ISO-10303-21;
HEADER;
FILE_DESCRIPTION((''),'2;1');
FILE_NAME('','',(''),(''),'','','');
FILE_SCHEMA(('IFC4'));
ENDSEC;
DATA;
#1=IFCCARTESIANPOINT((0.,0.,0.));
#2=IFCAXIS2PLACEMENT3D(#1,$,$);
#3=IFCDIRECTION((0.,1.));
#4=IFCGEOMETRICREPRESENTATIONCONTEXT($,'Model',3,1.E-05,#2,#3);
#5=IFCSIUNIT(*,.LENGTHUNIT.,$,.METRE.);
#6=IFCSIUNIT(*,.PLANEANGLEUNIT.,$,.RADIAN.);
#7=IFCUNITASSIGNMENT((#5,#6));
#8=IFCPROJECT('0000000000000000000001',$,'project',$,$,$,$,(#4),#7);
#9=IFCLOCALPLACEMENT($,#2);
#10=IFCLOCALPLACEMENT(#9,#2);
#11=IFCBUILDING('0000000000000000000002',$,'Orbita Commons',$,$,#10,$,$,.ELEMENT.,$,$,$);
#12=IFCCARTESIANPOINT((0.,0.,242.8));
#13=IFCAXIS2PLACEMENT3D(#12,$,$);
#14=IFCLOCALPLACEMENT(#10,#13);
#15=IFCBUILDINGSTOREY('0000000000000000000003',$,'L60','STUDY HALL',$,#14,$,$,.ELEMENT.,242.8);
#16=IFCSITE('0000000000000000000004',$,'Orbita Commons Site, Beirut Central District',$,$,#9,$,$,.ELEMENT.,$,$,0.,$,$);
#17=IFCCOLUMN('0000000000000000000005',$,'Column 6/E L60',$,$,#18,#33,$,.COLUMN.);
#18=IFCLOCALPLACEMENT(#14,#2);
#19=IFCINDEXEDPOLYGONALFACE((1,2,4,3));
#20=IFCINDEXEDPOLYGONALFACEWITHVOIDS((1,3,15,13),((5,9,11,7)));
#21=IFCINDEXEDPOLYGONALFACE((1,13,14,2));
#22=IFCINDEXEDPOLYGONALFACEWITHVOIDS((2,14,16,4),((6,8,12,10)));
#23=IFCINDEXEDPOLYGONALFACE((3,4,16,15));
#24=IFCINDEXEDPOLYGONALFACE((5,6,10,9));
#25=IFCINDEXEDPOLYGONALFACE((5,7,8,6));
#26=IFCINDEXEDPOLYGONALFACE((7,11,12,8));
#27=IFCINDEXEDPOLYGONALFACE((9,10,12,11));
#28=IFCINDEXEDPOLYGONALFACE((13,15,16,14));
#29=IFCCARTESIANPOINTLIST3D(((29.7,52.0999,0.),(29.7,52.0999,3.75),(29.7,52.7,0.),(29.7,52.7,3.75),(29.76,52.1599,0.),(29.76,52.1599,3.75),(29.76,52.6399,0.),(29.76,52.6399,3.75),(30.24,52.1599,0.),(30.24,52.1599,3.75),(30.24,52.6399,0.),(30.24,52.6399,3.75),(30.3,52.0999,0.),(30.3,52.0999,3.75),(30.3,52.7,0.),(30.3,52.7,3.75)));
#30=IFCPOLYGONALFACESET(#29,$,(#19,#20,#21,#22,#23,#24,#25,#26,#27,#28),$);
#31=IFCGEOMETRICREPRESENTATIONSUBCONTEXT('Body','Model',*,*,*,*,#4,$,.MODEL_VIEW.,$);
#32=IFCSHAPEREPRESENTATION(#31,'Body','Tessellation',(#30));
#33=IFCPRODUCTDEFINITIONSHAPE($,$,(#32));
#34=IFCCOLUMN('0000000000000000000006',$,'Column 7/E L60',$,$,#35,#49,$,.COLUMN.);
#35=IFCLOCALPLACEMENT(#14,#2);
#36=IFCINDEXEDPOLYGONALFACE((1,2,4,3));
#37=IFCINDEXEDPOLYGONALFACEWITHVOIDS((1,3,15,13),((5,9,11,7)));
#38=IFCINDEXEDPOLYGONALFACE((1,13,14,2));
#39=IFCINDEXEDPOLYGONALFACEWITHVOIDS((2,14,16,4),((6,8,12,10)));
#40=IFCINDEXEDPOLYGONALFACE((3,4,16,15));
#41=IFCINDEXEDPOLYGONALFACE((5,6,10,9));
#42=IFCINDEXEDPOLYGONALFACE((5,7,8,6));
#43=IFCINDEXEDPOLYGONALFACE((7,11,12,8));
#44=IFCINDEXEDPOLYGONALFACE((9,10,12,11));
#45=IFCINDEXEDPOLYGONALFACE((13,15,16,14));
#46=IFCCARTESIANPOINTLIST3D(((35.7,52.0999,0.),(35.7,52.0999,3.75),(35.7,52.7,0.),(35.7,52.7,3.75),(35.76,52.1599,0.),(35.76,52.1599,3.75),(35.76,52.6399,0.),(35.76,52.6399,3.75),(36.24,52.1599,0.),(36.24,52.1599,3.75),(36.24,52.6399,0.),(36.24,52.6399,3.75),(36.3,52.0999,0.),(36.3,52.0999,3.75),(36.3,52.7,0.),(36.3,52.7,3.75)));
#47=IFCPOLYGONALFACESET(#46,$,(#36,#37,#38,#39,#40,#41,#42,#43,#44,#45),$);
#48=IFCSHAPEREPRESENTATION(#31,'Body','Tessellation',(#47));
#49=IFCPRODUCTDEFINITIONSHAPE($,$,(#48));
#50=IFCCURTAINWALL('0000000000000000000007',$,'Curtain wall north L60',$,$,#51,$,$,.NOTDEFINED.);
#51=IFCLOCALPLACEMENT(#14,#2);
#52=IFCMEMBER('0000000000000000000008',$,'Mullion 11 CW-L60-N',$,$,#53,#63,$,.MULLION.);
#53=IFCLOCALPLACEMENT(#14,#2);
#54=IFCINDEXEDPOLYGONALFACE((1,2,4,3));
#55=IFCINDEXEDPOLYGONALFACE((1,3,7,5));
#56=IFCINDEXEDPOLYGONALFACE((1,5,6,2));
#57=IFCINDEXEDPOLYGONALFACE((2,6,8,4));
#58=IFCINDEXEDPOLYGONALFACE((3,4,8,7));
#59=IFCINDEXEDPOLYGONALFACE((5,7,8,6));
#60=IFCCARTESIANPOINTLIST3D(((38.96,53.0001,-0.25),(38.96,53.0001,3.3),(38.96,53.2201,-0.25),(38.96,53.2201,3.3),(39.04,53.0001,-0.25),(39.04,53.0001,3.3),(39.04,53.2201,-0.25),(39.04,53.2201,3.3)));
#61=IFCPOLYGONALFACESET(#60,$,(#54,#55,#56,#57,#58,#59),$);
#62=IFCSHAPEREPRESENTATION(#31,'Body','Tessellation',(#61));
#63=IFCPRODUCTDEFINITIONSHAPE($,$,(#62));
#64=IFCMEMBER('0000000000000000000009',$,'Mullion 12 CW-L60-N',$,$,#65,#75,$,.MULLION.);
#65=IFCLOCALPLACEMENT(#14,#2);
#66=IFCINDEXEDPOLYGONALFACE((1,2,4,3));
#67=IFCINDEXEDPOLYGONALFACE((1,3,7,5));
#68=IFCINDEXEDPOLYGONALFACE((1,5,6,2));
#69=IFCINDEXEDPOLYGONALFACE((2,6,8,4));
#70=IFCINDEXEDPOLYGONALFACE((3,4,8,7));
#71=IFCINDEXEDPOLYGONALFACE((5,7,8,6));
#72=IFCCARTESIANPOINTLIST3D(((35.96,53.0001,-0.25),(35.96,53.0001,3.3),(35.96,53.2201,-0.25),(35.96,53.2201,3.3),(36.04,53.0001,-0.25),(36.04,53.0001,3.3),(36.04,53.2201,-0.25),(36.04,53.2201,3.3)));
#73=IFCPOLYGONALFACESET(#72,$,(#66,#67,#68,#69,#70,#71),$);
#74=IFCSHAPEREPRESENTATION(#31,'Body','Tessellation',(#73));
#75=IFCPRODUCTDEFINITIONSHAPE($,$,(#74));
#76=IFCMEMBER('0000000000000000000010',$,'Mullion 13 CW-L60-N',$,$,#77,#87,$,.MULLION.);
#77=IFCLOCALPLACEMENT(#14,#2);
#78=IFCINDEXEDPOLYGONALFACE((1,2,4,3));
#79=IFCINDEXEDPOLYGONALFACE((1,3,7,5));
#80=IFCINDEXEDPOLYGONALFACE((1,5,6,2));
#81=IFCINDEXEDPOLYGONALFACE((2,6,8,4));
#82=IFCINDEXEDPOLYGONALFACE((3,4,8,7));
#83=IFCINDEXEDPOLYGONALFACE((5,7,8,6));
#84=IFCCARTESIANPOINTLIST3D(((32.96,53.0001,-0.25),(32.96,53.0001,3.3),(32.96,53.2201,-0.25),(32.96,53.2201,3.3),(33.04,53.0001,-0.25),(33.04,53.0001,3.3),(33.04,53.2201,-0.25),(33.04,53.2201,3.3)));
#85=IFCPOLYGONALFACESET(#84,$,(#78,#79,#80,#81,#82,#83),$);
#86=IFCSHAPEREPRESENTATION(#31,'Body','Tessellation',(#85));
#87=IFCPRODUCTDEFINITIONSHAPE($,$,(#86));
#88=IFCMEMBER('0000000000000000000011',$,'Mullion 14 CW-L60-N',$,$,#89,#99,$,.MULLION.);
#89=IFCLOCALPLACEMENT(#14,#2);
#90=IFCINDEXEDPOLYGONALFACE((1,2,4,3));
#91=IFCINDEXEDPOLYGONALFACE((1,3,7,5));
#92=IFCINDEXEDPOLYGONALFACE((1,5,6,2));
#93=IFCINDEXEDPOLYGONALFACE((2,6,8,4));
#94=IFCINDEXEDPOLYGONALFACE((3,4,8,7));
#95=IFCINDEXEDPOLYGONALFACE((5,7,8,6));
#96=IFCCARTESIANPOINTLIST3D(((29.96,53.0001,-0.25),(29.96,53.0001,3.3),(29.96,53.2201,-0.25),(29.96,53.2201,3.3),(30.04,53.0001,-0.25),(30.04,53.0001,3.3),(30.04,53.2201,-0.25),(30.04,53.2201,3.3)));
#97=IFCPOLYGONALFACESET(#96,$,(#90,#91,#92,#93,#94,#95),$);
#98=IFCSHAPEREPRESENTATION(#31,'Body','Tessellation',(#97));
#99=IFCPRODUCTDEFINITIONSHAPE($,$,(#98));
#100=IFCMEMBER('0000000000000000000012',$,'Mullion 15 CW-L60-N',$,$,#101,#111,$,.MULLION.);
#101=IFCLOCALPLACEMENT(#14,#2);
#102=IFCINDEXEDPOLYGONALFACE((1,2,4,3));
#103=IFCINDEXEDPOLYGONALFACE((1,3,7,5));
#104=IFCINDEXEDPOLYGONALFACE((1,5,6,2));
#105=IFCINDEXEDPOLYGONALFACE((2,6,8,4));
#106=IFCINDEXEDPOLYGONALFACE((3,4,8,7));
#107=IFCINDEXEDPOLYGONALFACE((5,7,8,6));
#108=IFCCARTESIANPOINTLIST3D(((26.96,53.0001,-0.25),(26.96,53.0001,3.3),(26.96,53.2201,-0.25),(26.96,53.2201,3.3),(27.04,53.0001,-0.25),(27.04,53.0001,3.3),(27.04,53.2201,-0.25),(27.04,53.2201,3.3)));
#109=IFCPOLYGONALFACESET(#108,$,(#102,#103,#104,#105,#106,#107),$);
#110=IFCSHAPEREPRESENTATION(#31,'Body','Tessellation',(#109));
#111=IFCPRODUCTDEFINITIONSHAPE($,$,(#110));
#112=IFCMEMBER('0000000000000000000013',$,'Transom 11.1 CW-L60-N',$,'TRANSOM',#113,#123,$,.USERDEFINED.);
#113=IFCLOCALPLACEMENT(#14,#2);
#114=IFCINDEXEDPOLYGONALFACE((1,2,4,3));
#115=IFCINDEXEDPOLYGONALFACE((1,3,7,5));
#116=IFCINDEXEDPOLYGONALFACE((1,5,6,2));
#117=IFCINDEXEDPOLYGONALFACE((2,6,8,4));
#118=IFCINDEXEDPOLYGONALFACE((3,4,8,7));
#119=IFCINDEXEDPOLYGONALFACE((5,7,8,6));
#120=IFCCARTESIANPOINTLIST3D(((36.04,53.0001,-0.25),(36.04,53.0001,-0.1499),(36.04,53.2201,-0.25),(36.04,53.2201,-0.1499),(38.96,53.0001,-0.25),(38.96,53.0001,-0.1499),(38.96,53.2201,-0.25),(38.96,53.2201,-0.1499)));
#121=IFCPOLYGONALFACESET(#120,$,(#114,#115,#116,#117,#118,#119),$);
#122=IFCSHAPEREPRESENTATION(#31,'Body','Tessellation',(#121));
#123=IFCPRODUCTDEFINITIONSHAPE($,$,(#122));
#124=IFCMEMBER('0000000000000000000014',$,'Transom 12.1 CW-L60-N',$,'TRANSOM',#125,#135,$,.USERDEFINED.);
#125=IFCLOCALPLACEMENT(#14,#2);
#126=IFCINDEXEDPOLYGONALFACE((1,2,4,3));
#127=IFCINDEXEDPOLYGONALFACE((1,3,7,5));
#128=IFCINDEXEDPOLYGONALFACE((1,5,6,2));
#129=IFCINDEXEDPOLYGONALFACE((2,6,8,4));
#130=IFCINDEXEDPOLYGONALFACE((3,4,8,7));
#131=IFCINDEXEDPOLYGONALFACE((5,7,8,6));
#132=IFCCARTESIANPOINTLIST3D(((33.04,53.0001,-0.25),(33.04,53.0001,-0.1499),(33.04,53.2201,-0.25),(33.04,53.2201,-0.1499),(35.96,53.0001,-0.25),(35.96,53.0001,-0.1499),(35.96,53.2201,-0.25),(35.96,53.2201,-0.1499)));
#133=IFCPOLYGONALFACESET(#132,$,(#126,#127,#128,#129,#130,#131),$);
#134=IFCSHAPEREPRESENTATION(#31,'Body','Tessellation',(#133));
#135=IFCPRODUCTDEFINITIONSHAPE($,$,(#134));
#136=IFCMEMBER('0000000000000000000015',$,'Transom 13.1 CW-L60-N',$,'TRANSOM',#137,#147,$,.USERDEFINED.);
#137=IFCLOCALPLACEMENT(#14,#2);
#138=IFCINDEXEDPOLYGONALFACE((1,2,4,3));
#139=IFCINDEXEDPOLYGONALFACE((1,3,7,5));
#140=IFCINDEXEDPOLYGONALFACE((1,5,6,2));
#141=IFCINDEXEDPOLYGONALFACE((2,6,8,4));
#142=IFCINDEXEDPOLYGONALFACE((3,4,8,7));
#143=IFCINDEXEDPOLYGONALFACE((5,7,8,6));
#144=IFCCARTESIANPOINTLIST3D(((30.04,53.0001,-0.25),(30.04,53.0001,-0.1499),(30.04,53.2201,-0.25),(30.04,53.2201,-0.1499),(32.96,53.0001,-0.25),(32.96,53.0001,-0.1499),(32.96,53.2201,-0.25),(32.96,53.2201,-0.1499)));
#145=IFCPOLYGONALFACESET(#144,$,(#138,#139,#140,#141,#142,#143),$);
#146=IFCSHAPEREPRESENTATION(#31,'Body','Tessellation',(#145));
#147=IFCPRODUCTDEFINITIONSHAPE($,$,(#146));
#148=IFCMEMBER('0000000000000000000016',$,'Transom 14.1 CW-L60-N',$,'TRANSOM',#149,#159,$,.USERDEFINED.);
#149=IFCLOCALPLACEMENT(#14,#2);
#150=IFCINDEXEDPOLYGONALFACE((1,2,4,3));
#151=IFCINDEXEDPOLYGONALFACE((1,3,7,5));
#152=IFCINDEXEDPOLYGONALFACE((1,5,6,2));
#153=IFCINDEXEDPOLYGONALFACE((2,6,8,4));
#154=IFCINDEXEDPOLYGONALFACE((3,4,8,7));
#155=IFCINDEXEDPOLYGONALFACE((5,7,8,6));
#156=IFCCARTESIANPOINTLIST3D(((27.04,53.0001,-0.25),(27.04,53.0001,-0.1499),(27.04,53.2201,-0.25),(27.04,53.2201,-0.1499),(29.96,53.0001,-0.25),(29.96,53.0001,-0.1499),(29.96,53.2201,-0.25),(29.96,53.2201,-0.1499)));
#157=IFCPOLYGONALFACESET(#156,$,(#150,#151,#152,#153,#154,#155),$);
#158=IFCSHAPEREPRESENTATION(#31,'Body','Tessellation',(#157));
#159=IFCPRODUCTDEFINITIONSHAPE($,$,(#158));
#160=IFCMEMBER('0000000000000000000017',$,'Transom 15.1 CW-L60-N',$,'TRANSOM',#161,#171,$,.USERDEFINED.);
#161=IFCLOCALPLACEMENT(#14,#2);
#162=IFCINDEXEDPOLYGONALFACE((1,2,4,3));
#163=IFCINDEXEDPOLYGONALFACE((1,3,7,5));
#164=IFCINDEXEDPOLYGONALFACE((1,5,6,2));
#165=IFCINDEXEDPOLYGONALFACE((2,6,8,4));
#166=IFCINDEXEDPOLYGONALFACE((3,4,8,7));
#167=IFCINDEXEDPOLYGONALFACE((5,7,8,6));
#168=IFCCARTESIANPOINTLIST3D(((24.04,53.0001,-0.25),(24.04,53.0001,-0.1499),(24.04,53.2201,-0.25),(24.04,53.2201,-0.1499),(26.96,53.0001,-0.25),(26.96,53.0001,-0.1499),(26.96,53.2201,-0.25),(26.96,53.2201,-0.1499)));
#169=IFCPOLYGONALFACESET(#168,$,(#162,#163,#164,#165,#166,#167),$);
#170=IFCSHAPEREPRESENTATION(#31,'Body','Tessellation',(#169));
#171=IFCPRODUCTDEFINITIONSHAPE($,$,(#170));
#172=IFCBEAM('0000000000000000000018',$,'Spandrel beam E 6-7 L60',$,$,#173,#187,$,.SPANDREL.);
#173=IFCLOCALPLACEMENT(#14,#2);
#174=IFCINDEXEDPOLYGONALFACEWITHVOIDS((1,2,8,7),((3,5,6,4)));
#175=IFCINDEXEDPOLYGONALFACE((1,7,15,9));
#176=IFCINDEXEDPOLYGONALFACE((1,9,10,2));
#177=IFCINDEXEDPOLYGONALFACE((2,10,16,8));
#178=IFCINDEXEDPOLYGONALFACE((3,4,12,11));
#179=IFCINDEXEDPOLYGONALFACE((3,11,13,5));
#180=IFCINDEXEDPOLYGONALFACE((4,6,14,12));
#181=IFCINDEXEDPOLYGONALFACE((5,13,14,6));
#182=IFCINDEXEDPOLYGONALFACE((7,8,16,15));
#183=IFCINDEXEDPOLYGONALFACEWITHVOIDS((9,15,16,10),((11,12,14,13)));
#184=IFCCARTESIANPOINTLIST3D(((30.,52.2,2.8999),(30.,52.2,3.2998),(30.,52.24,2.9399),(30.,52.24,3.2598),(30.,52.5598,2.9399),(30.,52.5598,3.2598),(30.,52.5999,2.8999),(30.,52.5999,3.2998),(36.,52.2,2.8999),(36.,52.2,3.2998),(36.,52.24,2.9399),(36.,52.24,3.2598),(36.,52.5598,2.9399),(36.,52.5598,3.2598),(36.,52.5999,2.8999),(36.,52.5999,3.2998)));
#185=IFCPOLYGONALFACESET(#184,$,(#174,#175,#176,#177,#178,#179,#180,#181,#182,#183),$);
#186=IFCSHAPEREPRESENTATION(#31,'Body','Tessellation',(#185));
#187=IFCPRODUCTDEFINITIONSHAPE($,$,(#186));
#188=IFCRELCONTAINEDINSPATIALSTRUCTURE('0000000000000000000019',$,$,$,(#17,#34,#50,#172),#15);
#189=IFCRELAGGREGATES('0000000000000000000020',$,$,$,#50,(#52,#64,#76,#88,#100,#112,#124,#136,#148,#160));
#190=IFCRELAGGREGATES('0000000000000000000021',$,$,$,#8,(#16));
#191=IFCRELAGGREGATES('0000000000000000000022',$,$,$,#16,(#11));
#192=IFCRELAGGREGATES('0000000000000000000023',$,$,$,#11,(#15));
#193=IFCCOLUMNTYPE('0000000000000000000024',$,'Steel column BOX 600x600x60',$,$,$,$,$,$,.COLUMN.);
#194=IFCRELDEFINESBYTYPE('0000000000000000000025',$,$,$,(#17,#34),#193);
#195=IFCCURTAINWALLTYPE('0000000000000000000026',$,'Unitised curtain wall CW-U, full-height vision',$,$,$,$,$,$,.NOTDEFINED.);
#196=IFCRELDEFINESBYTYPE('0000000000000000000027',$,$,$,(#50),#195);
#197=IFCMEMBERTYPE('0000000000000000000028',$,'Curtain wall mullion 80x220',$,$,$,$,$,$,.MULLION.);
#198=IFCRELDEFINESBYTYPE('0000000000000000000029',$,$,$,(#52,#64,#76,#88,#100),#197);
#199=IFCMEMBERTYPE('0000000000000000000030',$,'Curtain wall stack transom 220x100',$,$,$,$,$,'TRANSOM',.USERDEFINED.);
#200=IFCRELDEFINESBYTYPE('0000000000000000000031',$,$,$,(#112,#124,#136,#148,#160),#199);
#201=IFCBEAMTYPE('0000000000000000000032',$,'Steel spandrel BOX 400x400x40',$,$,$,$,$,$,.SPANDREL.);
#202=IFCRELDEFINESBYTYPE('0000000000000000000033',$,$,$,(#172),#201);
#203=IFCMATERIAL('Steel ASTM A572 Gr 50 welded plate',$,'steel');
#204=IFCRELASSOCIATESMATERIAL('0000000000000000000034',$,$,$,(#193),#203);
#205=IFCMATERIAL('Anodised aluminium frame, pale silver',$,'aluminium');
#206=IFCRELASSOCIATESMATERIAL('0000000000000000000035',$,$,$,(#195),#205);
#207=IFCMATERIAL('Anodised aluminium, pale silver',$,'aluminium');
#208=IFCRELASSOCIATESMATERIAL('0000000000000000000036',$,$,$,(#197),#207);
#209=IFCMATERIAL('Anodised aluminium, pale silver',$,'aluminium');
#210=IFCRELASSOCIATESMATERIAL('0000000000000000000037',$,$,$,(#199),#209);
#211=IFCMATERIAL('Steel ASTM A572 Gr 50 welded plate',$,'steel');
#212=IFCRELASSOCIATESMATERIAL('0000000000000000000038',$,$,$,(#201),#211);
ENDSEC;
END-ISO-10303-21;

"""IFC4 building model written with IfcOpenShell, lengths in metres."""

from ifc_helpers import new_model, si_unit, direction, frame, origin, origin_2d, place, context, subcontext, project, spatial, rectangle, hollow_rectangle, extrude, material, material_profile, profile_set, type_object, element, aggregate, save


model = new_model("IFC4")

# Units and contexts
model_context = context("Model", 3, precision=1e-05, world=origin(), true_north=direction((0.0, 1.0)))
body_context = subcontext(model_context, "Body", "Model", "MODEL_VIEW")
ifc_project = project(units=[si_unit("LENGTHUNIT", "METRE"), si_unit("PLANEANGLEUNIT", "RADIAN")], contexts=[model_context])

# Site, building, storey
site_placement = place(None, origin())
site = spatial("IfcSite", under=ifc_project, at=site_placement, Name="Orbita Commons Site, Beirut Central District", CompositionType="ELEMENT", RefElevation=0.0)
building_placement = place(site_placement, origin())
building = spatial("IfcBuilding", under=site, at=building_placement, Name="Orbita Commons", CompositionType="ELEMENT")
storey_placement = place(building_placement, frame((0.0, 0.0, 242.8)))
storey = spatial("IfcBuildingStorey", under=building, at=storey_placement, Name="L60", Description="STUDY HALL", CompositionType="ELEMENT", Elevation=242.8)

# Columns
ifc_material_1 = material(Name="Steel ASTM A572 Gr 50 welded plate", Category="steel")
ifc_material_profile_1 = material_profile(ifc_material_1, hollow_rectangle(XDim=0.6001, YDim=0.6001, WallThickness=0.0601, at=origin_2d()), Name="BOX 600x600x60")
ifc_profile_set_1 = profile_set([ifc_material_profile_1], Name="Steel ASTM A572 Gr 50 welded plate")
column_type = type_object("IfcColumnType", Name="Steel column BOX 600x600x60", PredefinedType="COLUMN", material=ifc_profile_set_1)
for number, where, z_axis, x_axis, name in (
    (1, (30.0, 52.3999, 0.0), (0.0, 0.0, 1.0), (1.0, 0.0, 0.0), "Column 6/E L60"),
    (2, (36.0, 52.3999, 0.0), (0.0, 0.0, 1.0), (1.0, 0.0, 0.0), "Column 7/E L60"),
):
    element("IfcColumn", number, at=place(storey_placement, frame(where, z_axis=z_axis, x_axis=x_axis)), inside=storey, type_object=column_type, Name=name, PredefinedType="COLUMN", context=body_context, shape_type="SweptSolid", body=[
        extrude(hollow_rectangle(XDim=0.6001, YDim=0.6001, WallThickness=0.0601, at=origin_2d()), origin(), (0.0, 0.0, 1.0), 3.75),
    ])

# Curtain wall, members
ifc_material_2 = material(Name="Anodised aluminium frame, pale silver", Category="aluminium")
curtain_wall_type = type_object("IfcCurtainWallType", Name="Unitised curtain wall CW-U, full-height vision", PredefinedType="NOTDEFINED", material=ifc_material_2)
curtain_wall_placement = place(storey_placement, origin())
curtain_wall = element("IfcCurtainWall", 3, at=curtain_wall_placement, inside=storey, type_object=curtain_wall_type, Name="Curtain wall north L60", PredefinedType="NOTDEFINED")
ifc_material_3 = material(Name="Anodised aluminium, pale silver", Category="aluminium")
ifc_material_profile_2 = material_profile(ifc_material_3, rectangle(XDim=0.0801, YDim=0.22, at=origin_2d()), Name="AL 80x220")
ifc_profile_set_2 = profile_set([ifc_material_profile_2], Name="Anodised aluminium, pale silver")
member_type_1 = type_object("IfcMemberType", Name="Curtain wall mullion 80x220", PredefinedType="MULLION", material=ifc_profile_set_2)
member_1_placement = place(storey_placement, frame((39.0, 53.1101, -0.25), z_axis=(0.0, 0.0, 1.0), x_axis=(-1.0, 0.0, 0.0)))
member_1 = element("IfcMember", 4, at=member_1_placement, type_object=member_type_1, Name="Mullion 11 CW-L60-N", PredefinedType="MULLION", context=body_context, shape_type="SweptSolid", body=[
    extrude(rectangle(XDim=0.0801, YDim=0.22, at=origin_2d()), origin(), (0.0, 0.0, 1.0), 3.55),
])
member_2_placement = place(storey_placement, frame((36.0, 53.1101, -0.25), z_axis=(0.0, 0.0, 1.0), x_axis=(-1.0, 0.0, 0.0)))
member_2 = element("IfcMember", 5, at=member_2_placement, type_object=member_type_1, Name="Mullion 12 CW-L60-N", PredefinedType="MULLION", context=body_context, shape_type="SweptSolid", body=[
    extrude(rectangle(XDim=0.0801, YDim=0.22, at=origin_2d()), origin(), (0.0, 0.0, 1.0), 3.55),
])
member_3_placement = place(storey_placement, frame((33.0, 53.1101, -0.25), z_axis=(0.0, 0.0, 1.0), x_axis=(-1.0, 0.0, 0.0)))
member_3 = element("IfcMember", 6, at=member_3_placement, type_object=member_type_1, Name="Mullion 13 CW-L60-N", PredefinedType="MULLION", context=body_context, shape_type="SweptSolid", body=[
    extrude(rectangle(XDim=0.0801, YDim=0.22, at=origin_2d()), origin(), (0.0, 0.0, 1.0), 3.55),
])
member_4_placement = place(storey_placement, frame((30.0, 53.1101, -0.25), z_axis=(0.0, 0.0, 1.0), x_axis=(-1.0, 0.0, 0.0)))
member_4 = element("IfcMember", 7, at=member_4_placement, type_object=member_type_1, Name="Mullion 14 CW-L60-N", PredefinedType="MULLION", context=body_context, shape_type="SweptSolid", body=[
    extrude(rectangle(XDim=0.0801, YDim=0.22, at=origin_2d()), origin(), (0.0, 0.0, 1.0), 3.55),
])
member_5_placement = place(storey_placement, frame((27.0, 53.1101, -0.25), z_axis=(0.0, 0.0, 1.0), x_axis=(-1.0, 0.0, 0.0)))
member_5 = element("IfcMember", 8, at=member_5_placement, type_object=member_type_1, Name="Mullion 15 CW-L60-N", PredefinedType="MULLION", context=body_context, shape_type="SweptSolid", body=[
    extrude(rectangle(XDim=0.0801, YDim=0.22, at=origin_2d()), origin(), (0.0, 0.0, 1.0), 3.55),
])
ifc_material_4 = material(Name="Anodised aluminium, pale silver", Category="aluminium")
ifc_material_profile_3 = material_profile(ifc_material_4, rectangle(XDim=0.22, YDim=0.1001, at=origin_2d()), Name="AL 220x100")
ifc_profile_set_3 = profile_set([ifc_material_profile_3], Name="Anodised aluminium, pale silver")
member_type_2 = type_object("IfcMemberType", Name="Curtain wall stack transom 220x100", ElementType="TRANSOM", PredefinedType="USERDEFINED", material=ifc_profile_set_3)
member_6_placement = place(storey_placement, frame((38.96, 53.1101, -0.2), z_axis=(-1.0, 0.0, 0.0), x_axis=(0.0, -1.0, 0.0)))
member_6 = element("IfcMember", 9, at=member_6_placement, type_object=member_type_2, Name="Transom 11.1 CW-L60-N", ObjectType="TRANSOM", PredefinedType="USERDEFINED", context=body_context, shape_type="SweptSolid", body=[
    extrude(rectangle(XDim=0.22, YDim=0.1001, at=origin_2d()), origin(), (0.0, 0.0, 1.0), 2.9199),
])
member_7_placement = place(storey_placement, frame((35.96, 53.1101, -0.2), z_axis=(-1.0, 0.0, 0.0), x_axis=(0.0, -1.0, 0.0)))
member_7 = element("IfcMember", 10, at=member_7_placement, type_object=member_type_2, Name="Transom 12.1 CW-L60-N", ObjectType="TRANSOM", PredefinedType="USERDEFINED", context=body_context, shape_type="SweptSolid", body=[
    extrude(rectangle(XDim=0.22, YDim=0.1001, at=origin_2d()), origin(), (0.0, 0.0, 1.0), 2.9199),
])
member_8_placement = place(storey_placement, frame((32.96, 53.1101, -0.2), z_axis=(-1.0, 0.0, 0.0), x_axis=(0.0, -1.0, 0.0)))
member_8 = element("IfcMember", 11, at=member_8_placement, type_object=member_type_2, Name="Transom 13.1 CW-L60-N", ObjectType="TRANSOM", PredefinedType="USERDEFINED", context=body_context, shape_type="SweptSolid", body=[
    extrude(rectangle(XDim=0.22, YDim=0.1001, at=origin_2d()), origin(), (0.0, 0.0, 1.0), 2.9199),
])
member_9_placement = place(storey_placement, frame((29.96, 53.1101, -0.2), z_axis=(-1.0, 0.0, 0.0), x_axis=(0.0, -1.0, 0.0)))
member_9 = element("IfcMember", 12, at=member_9_placement, type_object=member_type_2, Name="Transom 14.1 CW-L60-N", ObjectType="TRANSOM", PredefinedType="USERDEFINED", context=body_context, shape_type="SweptSolid", body=[
    extrude(rectangle(XDim=0.22, YDim=0.1001, at=origin_2d()), origin(), (0.0, 0.0, 1.0), 2.9199),
])
member_10_placement = place(storey_placement, frame((26.96, 53.1101, -0.2), z_axis=(-1.0, 0.0, 0.0), x_axis=(0.0, -1.0, 0.0)))
member_10 = element("IfcMember", 13, at=member_10_placement, type_object=member_type_2, Name="Transom 15.1 CW-L60-N", ObjectType="TRANSOM", PredefinedType="USERDEFINED", context=body_context, shape_type="SweptSolid", body=[
    extrude(rectangle(XDim=0.22, YDim=0.1001, at=origin_2d()), origin(), (0.0, 0.0, 1.0), 2.9199),
])

# Beam
ifc_material_5 = material(Name="Steel ASTM A572 Gr 50 welded plate", Category="steel")
ifc_material_profile_4 = material_profile(ifc_material_5, hollow_rectangle(XDim=0.3999, YDim=0.3999, WallThickness=0.04, at=origin_2d()), Name="BOX 400x400x40")
ifc_profile_set_4 = profile_set([ifc_material_profile_4], Name="Steel ASTM A572 Gr 50 welded plate")
beam_type = type_object("IfcBeamType", Name="Steel spandrel BOX 400x400x40", PredefinedType="SPANDREL", material=ifc_profile_set_4)
for number, where, z_axis, x_axis, name in (
    (14, (30.0, 52.3999, 3.0999), (1.0, 0.0, 0.0), (0.0, 1.0, 0.0), "Spandrel beam E 6-7 L60"),
):
    element("IfcBeam", number, at=place(storey_placement, frame(where, z_axis=z_axis, x_axis=x_axis)), inside=storey, type_object=beam_type, Name=name, PredefinedType="SPANDREL", context=body_context, shape_type="SweptSolid", body=[
        extrude(hollow_rectangle(XDim=0.3999, YDim=0.3999, WallThickness=0.04, at=origin_2d()), origin(), (0.0, 0.0, 1.0), 6.0),
    ])

aggregate(curtain_wall, [member_1, member_2, member_3, member_4, member_5, member_6, member_7, member_8, member_9, member_10])

save(model, "model.ifc")
